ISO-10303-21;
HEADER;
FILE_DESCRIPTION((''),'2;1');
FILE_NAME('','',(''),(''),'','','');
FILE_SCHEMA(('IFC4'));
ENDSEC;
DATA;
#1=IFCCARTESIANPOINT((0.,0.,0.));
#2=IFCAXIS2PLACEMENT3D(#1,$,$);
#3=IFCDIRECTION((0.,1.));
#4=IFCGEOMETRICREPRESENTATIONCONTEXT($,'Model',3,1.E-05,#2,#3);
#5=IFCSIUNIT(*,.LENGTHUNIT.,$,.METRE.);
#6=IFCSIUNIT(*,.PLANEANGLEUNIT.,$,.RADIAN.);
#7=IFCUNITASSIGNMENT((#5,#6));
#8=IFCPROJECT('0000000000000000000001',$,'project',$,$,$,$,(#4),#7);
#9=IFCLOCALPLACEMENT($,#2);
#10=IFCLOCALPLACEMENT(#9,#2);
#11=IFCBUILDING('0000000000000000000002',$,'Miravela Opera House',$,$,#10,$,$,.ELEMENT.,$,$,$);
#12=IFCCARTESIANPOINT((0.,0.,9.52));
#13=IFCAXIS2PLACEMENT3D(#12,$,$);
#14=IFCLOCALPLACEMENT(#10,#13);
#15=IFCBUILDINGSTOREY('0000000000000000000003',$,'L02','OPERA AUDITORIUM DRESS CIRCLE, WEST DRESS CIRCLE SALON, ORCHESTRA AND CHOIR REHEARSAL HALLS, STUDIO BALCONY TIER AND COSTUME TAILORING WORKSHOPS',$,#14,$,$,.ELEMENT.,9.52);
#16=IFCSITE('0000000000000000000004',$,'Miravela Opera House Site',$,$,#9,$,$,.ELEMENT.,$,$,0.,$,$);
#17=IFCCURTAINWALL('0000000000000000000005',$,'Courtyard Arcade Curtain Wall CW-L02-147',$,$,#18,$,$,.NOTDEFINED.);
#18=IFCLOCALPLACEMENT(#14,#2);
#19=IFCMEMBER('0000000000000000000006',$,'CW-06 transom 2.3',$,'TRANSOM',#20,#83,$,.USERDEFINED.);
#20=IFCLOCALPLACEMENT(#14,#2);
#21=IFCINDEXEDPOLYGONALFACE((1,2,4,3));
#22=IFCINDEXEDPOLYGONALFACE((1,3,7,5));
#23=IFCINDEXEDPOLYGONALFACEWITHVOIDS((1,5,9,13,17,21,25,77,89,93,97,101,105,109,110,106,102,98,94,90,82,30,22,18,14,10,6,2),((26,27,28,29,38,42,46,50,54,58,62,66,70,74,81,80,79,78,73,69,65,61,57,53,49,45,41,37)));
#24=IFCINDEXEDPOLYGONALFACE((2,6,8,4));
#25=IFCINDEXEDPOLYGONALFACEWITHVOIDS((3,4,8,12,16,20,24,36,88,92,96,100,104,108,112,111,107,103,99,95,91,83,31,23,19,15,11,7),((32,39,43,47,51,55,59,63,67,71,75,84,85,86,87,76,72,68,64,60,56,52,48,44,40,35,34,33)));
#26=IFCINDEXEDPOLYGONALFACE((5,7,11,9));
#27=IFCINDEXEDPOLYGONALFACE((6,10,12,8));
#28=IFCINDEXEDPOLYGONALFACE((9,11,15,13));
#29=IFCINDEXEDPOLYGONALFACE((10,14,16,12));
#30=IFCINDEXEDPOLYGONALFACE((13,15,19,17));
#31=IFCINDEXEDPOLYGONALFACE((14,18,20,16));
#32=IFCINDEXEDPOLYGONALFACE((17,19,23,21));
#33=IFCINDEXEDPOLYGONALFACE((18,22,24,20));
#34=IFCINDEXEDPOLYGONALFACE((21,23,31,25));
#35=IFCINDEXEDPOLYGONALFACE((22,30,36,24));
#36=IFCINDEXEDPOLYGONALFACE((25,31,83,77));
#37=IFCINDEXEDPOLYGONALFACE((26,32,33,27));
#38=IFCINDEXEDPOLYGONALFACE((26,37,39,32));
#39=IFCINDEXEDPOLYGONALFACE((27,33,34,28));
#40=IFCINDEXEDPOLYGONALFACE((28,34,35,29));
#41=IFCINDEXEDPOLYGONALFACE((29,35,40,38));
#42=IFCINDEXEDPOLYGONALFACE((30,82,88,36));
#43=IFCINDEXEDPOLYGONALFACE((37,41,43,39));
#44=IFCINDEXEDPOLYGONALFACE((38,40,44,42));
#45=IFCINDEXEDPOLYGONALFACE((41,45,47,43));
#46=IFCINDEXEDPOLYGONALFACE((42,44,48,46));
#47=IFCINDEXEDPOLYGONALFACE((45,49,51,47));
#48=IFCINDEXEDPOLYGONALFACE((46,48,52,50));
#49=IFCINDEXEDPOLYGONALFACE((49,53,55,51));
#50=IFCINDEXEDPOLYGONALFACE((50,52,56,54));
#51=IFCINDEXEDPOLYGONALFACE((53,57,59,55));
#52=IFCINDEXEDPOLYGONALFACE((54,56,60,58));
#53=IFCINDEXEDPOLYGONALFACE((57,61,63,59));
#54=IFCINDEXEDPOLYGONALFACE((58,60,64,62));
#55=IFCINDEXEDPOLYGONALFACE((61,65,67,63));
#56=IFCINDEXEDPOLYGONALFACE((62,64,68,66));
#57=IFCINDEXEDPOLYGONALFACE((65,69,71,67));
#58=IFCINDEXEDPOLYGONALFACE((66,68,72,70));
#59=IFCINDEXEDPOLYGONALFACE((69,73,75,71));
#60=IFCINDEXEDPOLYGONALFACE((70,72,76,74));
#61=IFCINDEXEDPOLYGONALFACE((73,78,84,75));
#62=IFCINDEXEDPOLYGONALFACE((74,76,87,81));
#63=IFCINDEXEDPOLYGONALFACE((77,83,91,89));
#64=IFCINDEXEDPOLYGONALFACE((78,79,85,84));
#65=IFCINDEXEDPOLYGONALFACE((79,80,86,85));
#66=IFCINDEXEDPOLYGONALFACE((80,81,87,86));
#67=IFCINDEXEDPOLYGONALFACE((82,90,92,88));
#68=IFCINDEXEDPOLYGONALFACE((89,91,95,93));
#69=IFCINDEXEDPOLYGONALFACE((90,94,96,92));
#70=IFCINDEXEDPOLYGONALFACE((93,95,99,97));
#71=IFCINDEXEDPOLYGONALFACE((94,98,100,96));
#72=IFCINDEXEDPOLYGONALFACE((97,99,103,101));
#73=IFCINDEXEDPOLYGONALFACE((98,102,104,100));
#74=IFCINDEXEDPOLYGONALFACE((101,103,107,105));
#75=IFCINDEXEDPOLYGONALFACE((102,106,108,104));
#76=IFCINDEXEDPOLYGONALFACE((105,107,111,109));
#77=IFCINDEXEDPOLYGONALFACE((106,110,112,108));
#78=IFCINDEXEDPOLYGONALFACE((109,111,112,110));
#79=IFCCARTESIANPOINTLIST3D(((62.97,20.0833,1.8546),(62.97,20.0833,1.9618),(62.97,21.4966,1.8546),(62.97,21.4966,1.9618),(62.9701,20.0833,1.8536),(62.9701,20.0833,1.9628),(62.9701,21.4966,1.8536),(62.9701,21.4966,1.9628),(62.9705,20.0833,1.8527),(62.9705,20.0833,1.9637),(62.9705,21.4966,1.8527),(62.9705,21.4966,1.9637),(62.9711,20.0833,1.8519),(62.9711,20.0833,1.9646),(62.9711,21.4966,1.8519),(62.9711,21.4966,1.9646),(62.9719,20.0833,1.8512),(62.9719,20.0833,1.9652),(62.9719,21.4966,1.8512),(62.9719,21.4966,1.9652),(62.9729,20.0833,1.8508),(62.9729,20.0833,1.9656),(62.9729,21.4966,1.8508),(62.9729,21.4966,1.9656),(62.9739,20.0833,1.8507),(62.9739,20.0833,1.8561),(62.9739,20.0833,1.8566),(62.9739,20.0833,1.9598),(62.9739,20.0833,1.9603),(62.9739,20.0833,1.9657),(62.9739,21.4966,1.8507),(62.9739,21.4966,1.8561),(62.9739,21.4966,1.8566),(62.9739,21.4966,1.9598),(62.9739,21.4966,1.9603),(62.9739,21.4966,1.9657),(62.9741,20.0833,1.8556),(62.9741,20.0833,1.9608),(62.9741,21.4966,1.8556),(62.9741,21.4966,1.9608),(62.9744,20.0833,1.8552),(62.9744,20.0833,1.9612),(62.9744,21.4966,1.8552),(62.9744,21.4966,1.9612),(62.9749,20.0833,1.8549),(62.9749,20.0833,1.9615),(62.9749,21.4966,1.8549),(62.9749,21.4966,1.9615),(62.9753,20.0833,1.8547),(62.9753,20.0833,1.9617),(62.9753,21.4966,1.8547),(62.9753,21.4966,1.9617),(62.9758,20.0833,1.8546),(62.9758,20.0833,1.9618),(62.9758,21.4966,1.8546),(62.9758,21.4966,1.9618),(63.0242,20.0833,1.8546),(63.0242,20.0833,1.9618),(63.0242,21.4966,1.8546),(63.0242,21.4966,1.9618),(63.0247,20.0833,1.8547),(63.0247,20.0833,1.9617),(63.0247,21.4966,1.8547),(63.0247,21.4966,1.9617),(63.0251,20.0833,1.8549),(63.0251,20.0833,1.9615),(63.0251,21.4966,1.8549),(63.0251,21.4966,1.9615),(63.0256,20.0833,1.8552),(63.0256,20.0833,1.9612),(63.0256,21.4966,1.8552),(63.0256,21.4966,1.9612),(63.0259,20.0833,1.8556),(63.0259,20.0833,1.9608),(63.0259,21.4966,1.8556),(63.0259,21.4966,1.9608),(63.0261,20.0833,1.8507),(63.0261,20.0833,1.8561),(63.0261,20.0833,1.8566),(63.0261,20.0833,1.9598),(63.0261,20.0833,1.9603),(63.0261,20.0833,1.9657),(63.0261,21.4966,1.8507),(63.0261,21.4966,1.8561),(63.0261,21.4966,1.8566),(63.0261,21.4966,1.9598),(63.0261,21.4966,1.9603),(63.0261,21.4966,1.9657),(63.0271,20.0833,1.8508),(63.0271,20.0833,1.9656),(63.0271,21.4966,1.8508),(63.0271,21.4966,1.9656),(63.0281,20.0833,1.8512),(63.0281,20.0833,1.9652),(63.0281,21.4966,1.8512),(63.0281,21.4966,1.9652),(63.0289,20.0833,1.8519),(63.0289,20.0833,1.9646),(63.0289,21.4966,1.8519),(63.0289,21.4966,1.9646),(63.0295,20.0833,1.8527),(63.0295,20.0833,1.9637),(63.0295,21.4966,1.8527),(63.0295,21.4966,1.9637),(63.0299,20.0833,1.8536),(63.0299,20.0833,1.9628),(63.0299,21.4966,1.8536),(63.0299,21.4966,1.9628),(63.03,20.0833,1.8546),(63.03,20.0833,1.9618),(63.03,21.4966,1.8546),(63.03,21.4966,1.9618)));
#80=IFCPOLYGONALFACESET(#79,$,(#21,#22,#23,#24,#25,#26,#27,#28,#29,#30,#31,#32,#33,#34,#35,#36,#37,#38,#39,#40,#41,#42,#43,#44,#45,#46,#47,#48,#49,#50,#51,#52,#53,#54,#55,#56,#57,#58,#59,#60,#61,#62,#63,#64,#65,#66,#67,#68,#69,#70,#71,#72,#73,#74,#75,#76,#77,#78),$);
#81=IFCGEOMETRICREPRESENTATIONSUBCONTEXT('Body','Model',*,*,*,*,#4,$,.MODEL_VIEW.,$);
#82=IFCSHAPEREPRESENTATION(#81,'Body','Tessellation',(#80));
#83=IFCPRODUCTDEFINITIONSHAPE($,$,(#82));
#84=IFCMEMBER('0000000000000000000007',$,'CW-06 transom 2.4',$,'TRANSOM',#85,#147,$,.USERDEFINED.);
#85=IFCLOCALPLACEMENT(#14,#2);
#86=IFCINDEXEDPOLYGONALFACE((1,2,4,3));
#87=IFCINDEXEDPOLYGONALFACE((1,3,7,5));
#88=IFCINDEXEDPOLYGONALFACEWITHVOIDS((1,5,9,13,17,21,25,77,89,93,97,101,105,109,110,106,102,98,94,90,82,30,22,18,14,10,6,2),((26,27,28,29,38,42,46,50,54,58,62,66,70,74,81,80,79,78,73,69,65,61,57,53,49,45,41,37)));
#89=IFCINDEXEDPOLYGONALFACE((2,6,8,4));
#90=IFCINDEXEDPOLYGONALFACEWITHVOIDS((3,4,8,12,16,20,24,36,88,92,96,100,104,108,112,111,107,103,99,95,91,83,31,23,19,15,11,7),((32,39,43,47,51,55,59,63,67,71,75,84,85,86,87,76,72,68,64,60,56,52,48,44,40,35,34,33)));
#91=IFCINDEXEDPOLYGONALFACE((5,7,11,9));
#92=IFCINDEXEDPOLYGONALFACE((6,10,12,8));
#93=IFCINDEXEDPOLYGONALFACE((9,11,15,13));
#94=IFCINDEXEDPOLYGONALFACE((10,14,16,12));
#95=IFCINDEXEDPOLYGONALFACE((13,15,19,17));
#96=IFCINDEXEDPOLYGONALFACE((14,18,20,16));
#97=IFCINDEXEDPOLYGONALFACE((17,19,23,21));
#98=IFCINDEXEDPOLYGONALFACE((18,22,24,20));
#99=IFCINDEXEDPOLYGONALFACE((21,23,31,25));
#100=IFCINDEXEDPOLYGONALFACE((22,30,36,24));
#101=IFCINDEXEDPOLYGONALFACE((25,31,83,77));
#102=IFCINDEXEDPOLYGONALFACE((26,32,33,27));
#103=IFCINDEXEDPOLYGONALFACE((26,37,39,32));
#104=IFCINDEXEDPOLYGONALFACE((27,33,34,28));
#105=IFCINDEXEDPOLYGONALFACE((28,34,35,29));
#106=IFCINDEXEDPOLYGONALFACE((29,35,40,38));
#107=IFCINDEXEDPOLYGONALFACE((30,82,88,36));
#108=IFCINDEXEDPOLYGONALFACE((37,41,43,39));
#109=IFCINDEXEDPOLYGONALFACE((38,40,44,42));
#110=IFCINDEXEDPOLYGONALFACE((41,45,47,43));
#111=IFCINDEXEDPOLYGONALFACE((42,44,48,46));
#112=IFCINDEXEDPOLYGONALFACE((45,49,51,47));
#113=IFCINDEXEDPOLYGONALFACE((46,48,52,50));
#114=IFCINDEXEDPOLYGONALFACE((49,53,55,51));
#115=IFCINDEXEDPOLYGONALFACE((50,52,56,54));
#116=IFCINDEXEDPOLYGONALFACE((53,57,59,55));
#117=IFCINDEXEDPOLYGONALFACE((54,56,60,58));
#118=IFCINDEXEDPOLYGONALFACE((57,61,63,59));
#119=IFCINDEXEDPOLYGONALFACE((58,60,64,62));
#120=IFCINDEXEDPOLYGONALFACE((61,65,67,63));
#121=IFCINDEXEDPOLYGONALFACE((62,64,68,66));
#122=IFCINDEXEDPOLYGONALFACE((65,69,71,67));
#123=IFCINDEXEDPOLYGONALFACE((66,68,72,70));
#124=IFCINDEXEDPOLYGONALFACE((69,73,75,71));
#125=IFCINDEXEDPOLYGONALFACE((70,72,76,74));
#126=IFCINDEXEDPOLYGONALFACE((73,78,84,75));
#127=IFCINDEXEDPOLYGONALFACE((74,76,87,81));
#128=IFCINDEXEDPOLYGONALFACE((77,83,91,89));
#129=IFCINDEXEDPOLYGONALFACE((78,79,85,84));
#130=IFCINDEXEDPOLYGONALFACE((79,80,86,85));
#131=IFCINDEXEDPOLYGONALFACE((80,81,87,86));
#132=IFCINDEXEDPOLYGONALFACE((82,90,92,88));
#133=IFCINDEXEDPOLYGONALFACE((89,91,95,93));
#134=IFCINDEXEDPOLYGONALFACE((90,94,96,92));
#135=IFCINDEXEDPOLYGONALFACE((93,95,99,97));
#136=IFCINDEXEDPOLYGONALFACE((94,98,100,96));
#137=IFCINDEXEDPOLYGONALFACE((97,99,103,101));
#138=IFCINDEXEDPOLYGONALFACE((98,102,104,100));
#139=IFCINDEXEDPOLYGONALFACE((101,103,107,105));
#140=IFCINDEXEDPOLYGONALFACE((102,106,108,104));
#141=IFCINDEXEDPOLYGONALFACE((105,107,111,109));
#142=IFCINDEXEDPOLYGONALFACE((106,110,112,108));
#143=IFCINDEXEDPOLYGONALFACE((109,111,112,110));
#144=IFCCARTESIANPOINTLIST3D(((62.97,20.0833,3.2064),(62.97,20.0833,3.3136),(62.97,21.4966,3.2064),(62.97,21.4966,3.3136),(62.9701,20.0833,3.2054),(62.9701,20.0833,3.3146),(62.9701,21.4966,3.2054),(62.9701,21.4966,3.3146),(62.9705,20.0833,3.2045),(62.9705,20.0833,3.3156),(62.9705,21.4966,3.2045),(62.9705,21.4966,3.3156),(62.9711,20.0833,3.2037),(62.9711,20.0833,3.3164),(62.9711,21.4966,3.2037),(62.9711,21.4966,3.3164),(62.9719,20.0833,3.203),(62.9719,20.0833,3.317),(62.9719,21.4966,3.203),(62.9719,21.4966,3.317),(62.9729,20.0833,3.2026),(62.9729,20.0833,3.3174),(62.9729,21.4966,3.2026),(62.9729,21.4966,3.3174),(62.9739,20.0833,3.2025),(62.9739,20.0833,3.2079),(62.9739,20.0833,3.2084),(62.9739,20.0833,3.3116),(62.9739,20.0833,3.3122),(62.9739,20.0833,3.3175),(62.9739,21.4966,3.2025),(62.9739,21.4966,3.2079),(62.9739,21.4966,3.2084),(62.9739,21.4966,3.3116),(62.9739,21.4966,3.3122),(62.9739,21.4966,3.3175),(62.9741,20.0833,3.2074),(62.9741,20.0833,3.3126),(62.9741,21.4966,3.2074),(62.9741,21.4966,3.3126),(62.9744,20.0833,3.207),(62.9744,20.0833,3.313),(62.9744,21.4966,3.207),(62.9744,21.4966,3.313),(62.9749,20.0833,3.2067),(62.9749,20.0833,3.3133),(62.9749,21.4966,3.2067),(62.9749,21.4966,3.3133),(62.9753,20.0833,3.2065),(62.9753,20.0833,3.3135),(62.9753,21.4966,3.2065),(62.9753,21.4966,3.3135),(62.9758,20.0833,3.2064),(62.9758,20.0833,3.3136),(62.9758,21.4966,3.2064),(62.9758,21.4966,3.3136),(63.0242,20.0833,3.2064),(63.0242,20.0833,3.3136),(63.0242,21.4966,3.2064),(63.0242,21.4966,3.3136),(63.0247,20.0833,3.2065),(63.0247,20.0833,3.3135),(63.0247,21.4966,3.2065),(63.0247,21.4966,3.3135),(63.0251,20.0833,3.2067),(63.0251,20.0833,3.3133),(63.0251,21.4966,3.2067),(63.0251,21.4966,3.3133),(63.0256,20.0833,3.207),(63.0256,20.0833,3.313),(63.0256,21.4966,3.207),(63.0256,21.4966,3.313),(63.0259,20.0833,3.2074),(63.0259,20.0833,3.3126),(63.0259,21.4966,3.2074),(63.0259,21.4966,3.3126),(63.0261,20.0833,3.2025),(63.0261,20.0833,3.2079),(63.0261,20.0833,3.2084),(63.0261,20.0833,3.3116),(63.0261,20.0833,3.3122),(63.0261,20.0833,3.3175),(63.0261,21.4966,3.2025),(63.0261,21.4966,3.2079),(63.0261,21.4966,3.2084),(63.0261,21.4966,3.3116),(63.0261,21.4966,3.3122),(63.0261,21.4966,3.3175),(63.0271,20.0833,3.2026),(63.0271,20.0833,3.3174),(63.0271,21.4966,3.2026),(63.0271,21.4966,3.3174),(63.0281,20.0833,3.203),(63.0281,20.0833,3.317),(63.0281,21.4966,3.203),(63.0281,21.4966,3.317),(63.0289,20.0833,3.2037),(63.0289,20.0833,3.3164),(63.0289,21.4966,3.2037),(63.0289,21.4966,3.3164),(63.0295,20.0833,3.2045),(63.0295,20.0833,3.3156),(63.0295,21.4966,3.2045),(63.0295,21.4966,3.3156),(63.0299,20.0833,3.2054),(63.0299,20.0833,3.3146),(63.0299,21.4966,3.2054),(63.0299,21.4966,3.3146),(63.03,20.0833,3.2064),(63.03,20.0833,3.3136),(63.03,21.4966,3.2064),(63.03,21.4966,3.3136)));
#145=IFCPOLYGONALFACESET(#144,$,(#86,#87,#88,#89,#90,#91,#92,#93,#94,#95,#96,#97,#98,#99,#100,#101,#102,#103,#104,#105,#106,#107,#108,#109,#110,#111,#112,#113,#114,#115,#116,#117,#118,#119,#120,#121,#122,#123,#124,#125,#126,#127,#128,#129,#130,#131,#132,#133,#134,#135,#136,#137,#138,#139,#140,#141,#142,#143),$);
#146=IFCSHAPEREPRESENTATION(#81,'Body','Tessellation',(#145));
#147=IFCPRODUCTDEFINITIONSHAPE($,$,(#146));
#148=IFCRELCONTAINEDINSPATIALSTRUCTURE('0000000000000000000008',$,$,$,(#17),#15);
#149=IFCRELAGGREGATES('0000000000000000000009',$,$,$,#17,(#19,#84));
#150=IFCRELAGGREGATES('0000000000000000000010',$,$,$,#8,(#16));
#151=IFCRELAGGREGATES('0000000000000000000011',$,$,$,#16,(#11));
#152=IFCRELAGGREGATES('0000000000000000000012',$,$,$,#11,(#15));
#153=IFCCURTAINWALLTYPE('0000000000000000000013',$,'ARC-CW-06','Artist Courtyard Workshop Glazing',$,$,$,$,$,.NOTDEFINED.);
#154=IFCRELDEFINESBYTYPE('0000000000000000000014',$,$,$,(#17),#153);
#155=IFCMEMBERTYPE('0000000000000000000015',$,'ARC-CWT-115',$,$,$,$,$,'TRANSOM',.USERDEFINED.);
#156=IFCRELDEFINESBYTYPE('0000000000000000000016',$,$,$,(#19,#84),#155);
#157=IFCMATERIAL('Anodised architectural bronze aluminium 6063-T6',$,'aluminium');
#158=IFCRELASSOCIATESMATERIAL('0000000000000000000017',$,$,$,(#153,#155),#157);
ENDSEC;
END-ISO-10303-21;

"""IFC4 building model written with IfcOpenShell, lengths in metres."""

from ifc_helpers import new_model, si_unit, direction, frame, origin, origin_2d, place, context, subcontext, project, spatial, hollow_rectangle, extrude, material, material_profile, profile_set, type_object, element, aggregate, save


model = new_model("IFC4")

# Units and contexts
model_context = context("Model", 3, precision=1e-05, world=origin(), true_north=direction((0.0, 1.0)))
body_context = subcontext(model_context, "Body", "Model", "MODEL_VIEW")
ifc_project = project(units=[si_unit("LENGTHUNIT", "METRE"), si_unit("PLANEANGLEUNIT", "RADIAN")], contexts=[model_context])

# Site, building, storey
site_placement = place(None, origin())
site = spatial("IfcSite", under=ifc_project, at=site_placement, Name="Miravela Opera House Site", CompositionType="ELEMENT", RefElevation=0.0)
building_placement = place(site_placement, origin())
building = spatial("IfcBuilding", under=site, at=building_placement, Name="Miravela Opera House", CompositionType="ELEMENT")
storey_placement = place(building_placement, frame((0.0, 0.0, 9.52)))
storey = spatial("IfcBuildingStorey", under=building, at=storey_placement, Name="L02", Description="OPERA AUDITORIUM DRESS CIRCLE, WEST DRESS CIRCLE SALON, ORCHESTRA AND CHOIR REHEARSAL HALLS, STUDIO BALCONY TIER AND COSTUME TAILORING WORKSHOPS", CompositionType="ELEMENT", Elevation=9.52)

# Curtain wall, members
ifc_material_1 = material(Name="Anodised architectural bronze aluminium 6063-T6", Category="aluminium")
curtain_wall_type = type_object("IfcCurtainWallType", Name="ARC-CW-06", Description="Artist Courtyard Workshop Glazing", PredefinedType="NOTDEFINED", material=ifc_material_1)
curtain_wall_placement = place(storey_placement, origin())
curtain_wall = element("IfcCurtainWall", 1, at=curtain_wall_placement, inside=storey, type_object=curtain_wall_type, Name="Courtyard Arcade Curtain Wall CW-L02-147", PredefinedType="NOTDEFINED")
ifc_material_profile_1 = material_profile(ifc_material_1, hollow_rectangle(XDim=0.0601, YDim=0.115, WallThickness=0.0039, InnerFilletRadius=0.002, OuterFilletRadius=0.0039, at=origin_2d()), Name="CWT-60X115")
ifc_profile_set_1 = profile_set([ifc_material_profile_1])
member_type_1 = type_object("IfcMemberType", Name="ARC-CWT-115", ElementType="TRANSOM", PredefinedType="USERDEFINED", material=ifc_profile_set_1)
member_1_placement = place(storey_placement, frame((63.0, 20.0833, 1.9082), z_axis=(0.0, 1.0, 0.0), x_axis=(-1.0, 0.0, 0.0)))
member_1 = element("IfcMember", 2, at=member_1_placement, type_object=member_type_1, Name="CW-06 transom 2.3", ObjectType="TRANSOM", PredefinedType="USERDEFINED", context=body_context, shape_type="SweptSolid", body=[
    extrude(hollow_rectangle(XDim=0.0601, YDim=0.115, WallThickness=0.0039, InnerFilletRadius=0.002, OuterFilletRadius=0.0039, at=origin_2d()), origin(), (0.0, 0.0, 1.0), 1.4133),
])
member_2_placement = place(storey_placement, frame((63.0, 20.0833, 3.26), z_axis=(0.0, 1.0, 0.0), x_axis=(-1.0, 0.0, 0.0)))
member_2 = element("IfcMember", 3, at=member_2_placement, type_object=member_type_1, Name="CW-06 transom 2.4", ObjectType="TRANSOM", PredefinedType="USERDEFINED", context=body_context, shape_type="SweptSolid", body=[
    extrude(hollow_rectangle(XDim=0.0601, YDim=0.115, WallThickness=0.0039, InnerFilletRadius=0.002, OuterFilletRadius=0.0039, at=origin_2d()), origin(), (0.0, 0.0, 1.0), 1.4133),
])

aggregate(curtain_wall, [member_1, member_2])

save(model, "model.ifc")
